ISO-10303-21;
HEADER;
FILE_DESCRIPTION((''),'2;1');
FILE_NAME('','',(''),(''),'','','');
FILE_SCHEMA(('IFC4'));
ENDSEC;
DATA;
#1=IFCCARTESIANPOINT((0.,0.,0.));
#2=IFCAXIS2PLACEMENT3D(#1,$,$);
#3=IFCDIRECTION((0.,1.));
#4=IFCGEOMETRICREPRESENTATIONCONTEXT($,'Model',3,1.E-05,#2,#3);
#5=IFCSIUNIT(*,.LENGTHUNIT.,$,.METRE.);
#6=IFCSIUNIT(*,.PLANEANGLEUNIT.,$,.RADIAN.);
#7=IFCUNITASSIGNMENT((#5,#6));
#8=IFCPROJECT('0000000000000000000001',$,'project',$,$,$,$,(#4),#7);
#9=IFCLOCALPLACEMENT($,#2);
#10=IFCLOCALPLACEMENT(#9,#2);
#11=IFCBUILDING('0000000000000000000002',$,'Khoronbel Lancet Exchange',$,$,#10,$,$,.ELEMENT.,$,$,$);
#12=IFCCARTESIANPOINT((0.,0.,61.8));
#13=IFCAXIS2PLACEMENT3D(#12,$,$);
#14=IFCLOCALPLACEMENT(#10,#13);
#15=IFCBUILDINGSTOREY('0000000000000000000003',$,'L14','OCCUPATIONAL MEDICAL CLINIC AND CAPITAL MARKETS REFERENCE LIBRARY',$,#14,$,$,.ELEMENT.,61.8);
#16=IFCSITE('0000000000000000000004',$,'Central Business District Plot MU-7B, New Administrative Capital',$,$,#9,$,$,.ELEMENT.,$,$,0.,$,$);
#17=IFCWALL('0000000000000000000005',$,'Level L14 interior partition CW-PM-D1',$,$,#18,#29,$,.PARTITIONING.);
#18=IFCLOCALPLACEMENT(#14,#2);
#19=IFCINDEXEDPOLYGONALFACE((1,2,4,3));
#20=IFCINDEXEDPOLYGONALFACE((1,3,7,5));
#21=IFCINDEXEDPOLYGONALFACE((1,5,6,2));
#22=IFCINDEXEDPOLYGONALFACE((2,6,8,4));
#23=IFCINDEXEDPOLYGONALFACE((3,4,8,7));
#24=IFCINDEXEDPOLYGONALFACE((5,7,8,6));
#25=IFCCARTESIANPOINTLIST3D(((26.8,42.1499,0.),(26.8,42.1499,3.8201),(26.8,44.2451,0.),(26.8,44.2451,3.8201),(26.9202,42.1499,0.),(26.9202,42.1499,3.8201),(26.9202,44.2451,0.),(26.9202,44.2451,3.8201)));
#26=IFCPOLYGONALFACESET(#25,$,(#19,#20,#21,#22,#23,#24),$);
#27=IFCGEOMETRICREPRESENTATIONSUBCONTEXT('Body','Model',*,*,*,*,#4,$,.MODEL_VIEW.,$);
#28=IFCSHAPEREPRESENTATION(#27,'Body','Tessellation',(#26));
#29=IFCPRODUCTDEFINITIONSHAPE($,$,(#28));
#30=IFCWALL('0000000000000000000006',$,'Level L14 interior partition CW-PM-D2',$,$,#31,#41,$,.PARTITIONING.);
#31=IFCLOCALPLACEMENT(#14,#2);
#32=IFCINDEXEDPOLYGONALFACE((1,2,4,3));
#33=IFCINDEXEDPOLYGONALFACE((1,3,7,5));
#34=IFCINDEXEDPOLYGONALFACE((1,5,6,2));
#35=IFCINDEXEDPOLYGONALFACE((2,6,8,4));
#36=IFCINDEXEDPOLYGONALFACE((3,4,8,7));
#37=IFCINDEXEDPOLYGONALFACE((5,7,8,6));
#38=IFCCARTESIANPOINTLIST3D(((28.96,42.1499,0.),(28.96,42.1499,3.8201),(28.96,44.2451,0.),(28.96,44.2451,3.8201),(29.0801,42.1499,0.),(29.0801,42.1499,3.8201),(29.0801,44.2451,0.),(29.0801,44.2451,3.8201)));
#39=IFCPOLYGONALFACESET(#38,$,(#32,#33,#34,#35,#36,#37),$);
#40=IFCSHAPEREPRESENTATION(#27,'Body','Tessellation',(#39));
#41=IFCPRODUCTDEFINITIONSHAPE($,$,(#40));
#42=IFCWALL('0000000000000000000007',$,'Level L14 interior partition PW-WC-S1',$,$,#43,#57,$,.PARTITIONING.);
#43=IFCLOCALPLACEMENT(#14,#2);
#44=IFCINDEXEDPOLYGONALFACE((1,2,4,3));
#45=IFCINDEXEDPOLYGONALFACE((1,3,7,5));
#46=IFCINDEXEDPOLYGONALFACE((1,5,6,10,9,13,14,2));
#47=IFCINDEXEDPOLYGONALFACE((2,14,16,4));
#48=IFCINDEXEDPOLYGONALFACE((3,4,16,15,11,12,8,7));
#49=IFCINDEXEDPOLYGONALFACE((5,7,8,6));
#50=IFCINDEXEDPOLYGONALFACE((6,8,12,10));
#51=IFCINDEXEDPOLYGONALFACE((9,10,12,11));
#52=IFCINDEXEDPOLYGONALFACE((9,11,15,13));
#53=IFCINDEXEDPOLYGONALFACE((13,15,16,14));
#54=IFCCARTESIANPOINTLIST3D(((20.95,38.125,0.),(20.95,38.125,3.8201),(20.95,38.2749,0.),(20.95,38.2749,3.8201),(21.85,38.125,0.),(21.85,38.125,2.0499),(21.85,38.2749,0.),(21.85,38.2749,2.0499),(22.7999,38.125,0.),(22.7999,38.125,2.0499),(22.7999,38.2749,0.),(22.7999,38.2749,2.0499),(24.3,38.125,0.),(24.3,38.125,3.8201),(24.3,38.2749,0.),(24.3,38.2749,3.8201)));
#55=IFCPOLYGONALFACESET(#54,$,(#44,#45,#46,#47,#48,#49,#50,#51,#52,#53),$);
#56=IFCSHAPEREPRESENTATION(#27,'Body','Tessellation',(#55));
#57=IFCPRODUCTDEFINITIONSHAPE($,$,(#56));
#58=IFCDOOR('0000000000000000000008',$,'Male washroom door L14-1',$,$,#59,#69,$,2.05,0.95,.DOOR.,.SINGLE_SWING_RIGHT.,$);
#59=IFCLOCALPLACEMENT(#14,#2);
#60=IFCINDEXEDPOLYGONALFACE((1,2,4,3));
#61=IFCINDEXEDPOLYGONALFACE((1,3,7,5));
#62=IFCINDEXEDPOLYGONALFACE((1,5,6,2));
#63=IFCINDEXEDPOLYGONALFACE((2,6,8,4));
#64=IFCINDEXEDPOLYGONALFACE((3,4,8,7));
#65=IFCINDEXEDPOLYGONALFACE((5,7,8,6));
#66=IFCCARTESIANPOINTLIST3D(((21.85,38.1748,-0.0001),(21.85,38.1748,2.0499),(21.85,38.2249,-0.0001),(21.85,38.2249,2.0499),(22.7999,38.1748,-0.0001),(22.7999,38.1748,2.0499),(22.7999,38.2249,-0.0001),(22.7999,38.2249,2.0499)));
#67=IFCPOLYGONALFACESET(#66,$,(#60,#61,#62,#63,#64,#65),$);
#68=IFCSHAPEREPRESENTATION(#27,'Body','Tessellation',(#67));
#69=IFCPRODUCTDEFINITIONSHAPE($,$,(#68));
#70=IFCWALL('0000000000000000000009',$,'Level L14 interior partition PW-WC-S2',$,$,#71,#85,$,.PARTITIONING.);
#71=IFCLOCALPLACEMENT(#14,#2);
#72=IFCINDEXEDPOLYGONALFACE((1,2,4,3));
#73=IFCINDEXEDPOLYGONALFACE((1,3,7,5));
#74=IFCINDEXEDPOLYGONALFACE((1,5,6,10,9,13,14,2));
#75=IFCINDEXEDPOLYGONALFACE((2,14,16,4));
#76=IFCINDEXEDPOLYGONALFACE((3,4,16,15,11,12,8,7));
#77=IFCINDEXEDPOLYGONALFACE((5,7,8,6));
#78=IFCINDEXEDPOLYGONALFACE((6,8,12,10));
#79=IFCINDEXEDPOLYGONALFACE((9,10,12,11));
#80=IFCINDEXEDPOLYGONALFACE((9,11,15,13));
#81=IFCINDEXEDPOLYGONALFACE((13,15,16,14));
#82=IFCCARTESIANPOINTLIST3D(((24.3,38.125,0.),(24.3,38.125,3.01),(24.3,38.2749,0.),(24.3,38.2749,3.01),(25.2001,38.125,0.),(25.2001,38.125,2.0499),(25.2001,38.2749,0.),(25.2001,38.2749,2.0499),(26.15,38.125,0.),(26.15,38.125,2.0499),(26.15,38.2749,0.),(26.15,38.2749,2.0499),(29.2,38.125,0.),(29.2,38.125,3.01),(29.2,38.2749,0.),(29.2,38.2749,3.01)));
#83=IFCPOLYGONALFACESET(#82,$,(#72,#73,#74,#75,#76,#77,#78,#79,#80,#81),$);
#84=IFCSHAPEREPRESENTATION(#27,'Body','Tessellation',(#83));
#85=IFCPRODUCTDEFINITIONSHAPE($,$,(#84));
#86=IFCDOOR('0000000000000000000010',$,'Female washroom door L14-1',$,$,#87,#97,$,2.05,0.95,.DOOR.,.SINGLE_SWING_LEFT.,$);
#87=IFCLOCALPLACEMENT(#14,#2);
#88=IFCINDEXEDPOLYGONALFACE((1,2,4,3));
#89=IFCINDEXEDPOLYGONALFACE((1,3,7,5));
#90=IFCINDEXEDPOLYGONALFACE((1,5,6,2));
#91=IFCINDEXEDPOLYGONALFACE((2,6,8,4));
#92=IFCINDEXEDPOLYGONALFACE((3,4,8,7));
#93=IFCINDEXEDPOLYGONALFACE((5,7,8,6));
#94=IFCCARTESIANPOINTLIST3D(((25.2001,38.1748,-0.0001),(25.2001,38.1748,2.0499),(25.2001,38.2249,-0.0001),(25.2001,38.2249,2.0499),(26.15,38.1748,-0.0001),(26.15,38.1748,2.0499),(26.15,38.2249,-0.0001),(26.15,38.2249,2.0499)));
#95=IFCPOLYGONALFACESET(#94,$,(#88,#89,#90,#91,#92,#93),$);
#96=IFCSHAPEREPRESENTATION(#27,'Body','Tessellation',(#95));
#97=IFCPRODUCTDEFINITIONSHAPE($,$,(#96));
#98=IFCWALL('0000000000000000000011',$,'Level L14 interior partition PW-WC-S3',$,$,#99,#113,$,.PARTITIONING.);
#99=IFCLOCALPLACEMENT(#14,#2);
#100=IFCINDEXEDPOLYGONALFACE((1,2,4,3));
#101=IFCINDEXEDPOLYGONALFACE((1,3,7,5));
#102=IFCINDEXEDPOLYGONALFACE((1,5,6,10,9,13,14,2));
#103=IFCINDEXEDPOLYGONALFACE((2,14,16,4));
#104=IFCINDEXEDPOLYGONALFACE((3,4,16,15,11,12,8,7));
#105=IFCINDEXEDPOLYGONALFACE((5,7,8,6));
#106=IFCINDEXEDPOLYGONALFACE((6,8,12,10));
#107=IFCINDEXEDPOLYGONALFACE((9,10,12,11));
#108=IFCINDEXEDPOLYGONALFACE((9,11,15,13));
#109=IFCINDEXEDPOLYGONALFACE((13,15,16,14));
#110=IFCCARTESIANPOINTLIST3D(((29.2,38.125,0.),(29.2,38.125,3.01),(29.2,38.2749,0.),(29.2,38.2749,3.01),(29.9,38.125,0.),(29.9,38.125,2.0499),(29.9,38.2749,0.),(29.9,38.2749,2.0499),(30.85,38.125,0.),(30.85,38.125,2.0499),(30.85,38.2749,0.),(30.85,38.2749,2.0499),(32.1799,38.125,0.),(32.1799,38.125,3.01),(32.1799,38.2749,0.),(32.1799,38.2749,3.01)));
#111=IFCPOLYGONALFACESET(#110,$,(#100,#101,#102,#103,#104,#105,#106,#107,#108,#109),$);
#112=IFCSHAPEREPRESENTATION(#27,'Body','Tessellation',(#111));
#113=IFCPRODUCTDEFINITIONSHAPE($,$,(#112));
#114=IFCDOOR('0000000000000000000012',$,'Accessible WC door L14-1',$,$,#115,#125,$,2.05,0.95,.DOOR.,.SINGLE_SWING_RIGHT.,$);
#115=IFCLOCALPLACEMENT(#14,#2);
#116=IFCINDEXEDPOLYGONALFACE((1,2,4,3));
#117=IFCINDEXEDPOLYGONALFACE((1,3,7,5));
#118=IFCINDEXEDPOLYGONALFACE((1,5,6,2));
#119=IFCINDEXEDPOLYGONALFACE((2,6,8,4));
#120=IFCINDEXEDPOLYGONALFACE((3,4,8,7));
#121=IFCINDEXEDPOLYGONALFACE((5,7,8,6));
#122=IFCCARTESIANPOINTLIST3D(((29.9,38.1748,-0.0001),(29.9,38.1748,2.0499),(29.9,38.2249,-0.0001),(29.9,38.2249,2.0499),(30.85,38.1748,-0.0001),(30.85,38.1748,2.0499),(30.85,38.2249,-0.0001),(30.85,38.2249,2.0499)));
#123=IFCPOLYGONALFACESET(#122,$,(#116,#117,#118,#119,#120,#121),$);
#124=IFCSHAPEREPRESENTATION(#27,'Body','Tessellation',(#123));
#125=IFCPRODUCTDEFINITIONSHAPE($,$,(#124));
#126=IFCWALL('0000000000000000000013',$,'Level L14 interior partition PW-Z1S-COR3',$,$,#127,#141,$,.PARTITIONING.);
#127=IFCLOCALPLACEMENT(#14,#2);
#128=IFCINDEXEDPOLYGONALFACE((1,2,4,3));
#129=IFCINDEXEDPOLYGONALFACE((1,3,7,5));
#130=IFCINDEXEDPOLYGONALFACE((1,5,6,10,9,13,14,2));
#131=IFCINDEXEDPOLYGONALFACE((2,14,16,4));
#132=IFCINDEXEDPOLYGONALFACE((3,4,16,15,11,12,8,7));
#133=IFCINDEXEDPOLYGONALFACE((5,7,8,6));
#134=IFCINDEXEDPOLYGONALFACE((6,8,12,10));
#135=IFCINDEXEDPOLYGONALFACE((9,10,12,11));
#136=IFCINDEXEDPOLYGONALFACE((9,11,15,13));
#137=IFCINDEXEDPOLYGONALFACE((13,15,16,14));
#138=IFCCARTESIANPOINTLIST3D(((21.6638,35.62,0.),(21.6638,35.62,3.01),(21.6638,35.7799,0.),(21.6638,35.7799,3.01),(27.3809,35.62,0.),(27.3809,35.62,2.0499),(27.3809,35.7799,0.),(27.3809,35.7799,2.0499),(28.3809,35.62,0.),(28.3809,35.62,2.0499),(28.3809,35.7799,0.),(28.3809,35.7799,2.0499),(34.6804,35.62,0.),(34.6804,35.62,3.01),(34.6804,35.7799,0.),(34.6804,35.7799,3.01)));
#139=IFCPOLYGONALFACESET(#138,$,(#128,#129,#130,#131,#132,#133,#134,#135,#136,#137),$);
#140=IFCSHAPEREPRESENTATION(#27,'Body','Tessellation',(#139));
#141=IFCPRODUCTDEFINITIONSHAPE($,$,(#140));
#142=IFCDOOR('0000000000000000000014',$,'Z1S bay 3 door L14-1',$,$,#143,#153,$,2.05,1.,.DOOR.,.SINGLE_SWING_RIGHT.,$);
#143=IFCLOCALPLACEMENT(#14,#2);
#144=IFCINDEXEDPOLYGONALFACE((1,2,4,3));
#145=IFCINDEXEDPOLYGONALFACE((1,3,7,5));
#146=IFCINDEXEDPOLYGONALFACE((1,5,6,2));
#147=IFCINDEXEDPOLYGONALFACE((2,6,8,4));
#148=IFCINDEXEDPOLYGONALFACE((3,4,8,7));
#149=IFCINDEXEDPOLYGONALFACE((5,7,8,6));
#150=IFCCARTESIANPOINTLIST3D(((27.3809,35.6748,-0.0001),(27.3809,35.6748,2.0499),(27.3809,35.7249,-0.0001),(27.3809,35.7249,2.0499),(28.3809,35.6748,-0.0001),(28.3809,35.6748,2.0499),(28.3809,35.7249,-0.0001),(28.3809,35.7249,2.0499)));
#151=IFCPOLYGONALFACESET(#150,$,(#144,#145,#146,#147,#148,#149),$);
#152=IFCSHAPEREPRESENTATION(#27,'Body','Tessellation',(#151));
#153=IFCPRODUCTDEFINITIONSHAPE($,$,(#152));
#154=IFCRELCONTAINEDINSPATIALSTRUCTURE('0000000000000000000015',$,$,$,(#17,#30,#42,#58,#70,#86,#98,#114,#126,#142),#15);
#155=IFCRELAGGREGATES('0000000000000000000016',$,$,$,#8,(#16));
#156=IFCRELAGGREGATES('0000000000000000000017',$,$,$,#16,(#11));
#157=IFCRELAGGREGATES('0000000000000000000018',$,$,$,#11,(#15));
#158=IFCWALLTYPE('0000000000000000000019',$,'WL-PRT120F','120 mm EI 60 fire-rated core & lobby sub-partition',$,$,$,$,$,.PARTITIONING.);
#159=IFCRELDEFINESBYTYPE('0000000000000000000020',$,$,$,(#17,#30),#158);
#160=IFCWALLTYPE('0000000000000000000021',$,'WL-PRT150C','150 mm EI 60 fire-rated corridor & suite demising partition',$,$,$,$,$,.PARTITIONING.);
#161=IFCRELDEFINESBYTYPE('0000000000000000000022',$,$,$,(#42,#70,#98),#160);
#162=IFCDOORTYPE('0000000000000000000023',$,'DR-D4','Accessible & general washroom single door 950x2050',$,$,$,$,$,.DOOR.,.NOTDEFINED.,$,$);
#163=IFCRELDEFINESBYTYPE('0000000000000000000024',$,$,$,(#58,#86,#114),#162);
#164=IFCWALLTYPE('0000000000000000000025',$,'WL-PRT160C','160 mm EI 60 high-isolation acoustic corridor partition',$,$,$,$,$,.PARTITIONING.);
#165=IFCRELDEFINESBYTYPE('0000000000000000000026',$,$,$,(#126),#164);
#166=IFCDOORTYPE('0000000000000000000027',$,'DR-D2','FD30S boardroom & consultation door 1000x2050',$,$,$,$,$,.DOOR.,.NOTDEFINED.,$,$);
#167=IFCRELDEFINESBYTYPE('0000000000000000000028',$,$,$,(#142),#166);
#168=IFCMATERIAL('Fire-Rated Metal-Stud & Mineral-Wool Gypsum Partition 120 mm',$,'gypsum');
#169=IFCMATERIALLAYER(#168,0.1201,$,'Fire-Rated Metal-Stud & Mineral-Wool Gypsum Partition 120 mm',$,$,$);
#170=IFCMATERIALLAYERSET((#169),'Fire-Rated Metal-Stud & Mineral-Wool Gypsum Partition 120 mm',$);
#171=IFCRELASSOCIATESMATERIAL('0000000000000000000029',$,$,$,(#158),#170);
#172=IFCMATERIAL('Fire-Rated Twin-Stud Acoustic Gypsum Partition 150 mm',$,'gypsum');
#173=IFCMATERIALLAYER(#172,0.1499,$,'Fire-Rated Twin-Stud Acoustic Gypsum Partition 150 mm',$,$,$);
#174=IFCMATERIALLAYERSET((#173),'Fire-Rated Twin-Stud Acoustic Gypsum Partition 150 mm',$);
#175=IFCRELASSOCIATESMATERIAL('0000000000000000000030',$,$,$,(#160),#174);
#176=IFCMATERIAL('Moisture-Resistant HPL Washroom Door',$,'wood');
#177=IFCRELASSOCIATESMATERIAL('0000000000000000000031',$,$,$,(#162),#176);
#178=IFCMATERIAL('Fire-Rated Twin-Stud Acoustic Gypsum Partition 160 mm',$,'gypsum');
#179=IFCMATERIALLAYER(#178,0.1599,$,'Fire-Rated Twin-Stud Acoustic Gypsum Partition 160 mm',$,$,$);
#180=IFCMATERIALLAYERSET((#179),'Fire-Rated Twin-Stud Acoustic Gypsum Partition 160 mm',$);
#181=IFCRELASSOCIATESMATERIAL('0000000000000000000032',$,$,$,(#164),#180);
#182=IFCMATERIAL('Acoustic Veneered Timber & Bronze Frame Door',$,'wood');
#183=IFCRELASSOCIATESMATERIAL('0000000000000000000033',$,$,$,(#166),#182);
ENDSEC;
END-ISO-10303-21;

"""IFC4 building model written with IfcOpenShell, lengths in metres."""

from ifc_helpers import new_model, si_unit, direction, frame, frame_2d, origin, place, context, subcontext, project, spatial, rectangle, extrude, material, layer, layer_set, type_object, element, fill, save


model = new_model("IFC4")

# Units and contexts
model_context = context("Model", 3, precision=1e-05, world=origin(), true_north=direction((0.0, 1.0)))
body_context = subcontext(model_context, "Body", "Model", "MODEL_VIEW")
ifc_project = project(units=[si_unit("LENGTHUNIT", "METRE"), si_unit("PLANEANGLEUNIT", "RADIAN")], contexts=[model_context])

# Site, building, storey
site_placement = place(None, origin())
site = spatial("IfcSite", under=ifc_project, at=site_placement, Name="Central Business District Plot MU-7B, New Administrative Capital", CompositionType="ELEMENT", RefElevation=0.0)
building_placement = place(site_placement, origin())
building = spatial("IfcBuilding", under=site, at=building_placement, Name="Khoronbel Lancet Exchange", CompositionType="ELEMENT")
storey_placement = place(building_placement, frame((0.0, 0.0, 61.8)))
storey = spatial("IfcBuildingStorey", under=building, at=storey_placement, Name="L14", Description="OCCUPATIONAL MEDICAL CLINIC AND CAPITAL MARKETS REFERENCE LIBRARY", CompositionType="ELEMENT", Elevation=61.8)

# Walls
ifc_material_1 = material(Name="Fire-Rated Metal-Stud & Mineral-Wool Gypsum Partition 120 mm", Category="gypsum")
ifc_layer_1 = layer(ifc_material_1, 0.1201, Name="Fire-Rated Metal-Stud & Mineral-Wool Gypsum Partition 120 mm")
ifc_layer_set_1 = layer_set([ifc_layer_1], Name="Fire-Rated Metal-Stud & Mineral-Wool Gypsum Partition 120 mm")
wall_type_1 = type_object("IfcWallType", Name="WL-PRT120F", Description="120 mm EI 60 fire-rated core & lobby sub-partition", PredefinedType="PARTITIONING", material=ifc_layer_set_1)
for number, where, z_axis, x_axis, name in (
    (1, (26.8601, 42.1499, 0.0), (0.0, 0.0, 1.0), (0.0, 1.0, 0.0), "Level L14 interior partition CW-PM-D1"),
    (2, (29.02, 42.1499, 0.0), (0.0, 0.0, 1.0), (0.0, 1.0, 0.0), "Level L14 interior partition CW-PM-D2"),
):
    element("IfcWall", number, at=place(storey_placement, frame(where, z_axis=z_axis, x_axis=x_axis)), inside=storey, type_object=wall_type_1, Name=name, PredefinedType="PARTITIONING", context=body_context, shape_type="SweptSolid", body=[
        extrude(rectangle(XDim=2.0952, YDim=0.1201, at=frame_2d((1.0476, 0.0))), origin(), (0.0, 0.0, 1.0), 3.8201),
    ])

# Walls, openings, doors
ifc_material_2 = material(Name="Fire-Rated Twin-Stud Acoustic Gypsum Partition 150 mm", Category="gypsum")
ifc_layer_2 = layer(ifc_material_2, 0.1499, Name="Fire-Rated Twin-Stud Acoustic Gypsum Partition 150 mm")
ifc_layer_set_2 = layer_set([ifc_layer_2], Name="Fire-Rated Twin-Stud Acoustic Gypsum Partition 150 mm")
wall_type_2 = type_object("IfcWallType", Name="WL-PRT150C", Description="150 mm EI 60 fire-rated corridor & suite demising partition", PredefinedType="PARTITIONING", material=ifc_layer_set_2)
wall_1_placement = place(storey_placement, frame((20.95, 38.2, 0.0), z_axis=(0.0, 0.0, 1.0), x_axis=(1.0, 0.0, 0.0)))
wall_1 = element("IfcWall", 3, at=wall_1_placement, inside=storey, type_object=wall_type_2, Name="Level L14 interior partition PW-WC-S1", PredefinedType="PARTITIONING", context=body_context, shape_type="SweptSolid", body=[
    extrude(rectangle(XDim=3.3501, YDim=0.1499, at=frame_2d((1.675, 0.0))), origin(), (0.0, 0.0, 1.0), 3.8201),
])
opening_1_placement = place(wall_1_placement, frame((0.8999, 0.0, 0.0)))
opening_1 = element("IfcOpeningElement", 4, at=opening_1_placement, cuts=wall_1, PredefinedType="OPENING", context=body_context, shape_type="SweptSolid", body=[
    extrude(rectangle(XDim=0.95, YDim=2.05, at=frame_2d((0.4751, 1.0249))), frame((0.0, 0.085, 0.0), z_axis=(0.0, -1.0, 0.0), x_axis=(1.0, 0.0, 0.0)), (0.0, 0.0, 1.0), 0.1699),
])
ifc_material_3 = material(Name="Moisture-Resistant HPL Washroom Door", Category="wood")
door_type_1 = type_object("IfcDoorType", Name="DR-D4", Description="Accessible & general washroom single door 950x2050", OperationType="NOTDEFINED", PredefinedType="DOOR", material=ifc_material_3)
door_1_placement = place(opening_1_placement, origin())
door_1 = element("IfcDoor", 5, at=door_1_placement, inside=storey, type_object=door_type_1, Name="Male washroom door L14-1", OperationType="SINGLE_SWING_RIGHT", OverallHeight=2.05, OverallWidth=0.95, PredefinedType="DOOR", context=body_context, shape_type="SweptSolid", body=[
    extrude(rectangle(XDim=0.95, YDim=2.05, at=frame_2d((0.4751, 1.0249))), frame((0.0, 0.0249, 0.0), z_axis=(0.0, -1.0, 0.0), x_axis=(1.0, 0.0, 0.0)), (0.0, 0.0, 1.0), 0.05),
])
fill(opening_1, door_1)
wall_2_placement = place(storey_placement, frame((24.3, 38.2, 0.0), z_axis=(0.0, 0.0, 1.0), x_axis=(1.0, 0.0, 0.0)))
wall_2 = element("IfcWall", 6, at=wall_2_placement, inside=storey, type_object=wall_type_2, Name="Level L14 interior partition PW-WC-S2", PredefinedType="PARTITIONING", context=body_context, shape_type="SweptSolid", body=[
    extrude(rectangle(XDim=4.8999, YDim=0.1499, at=frame_2d((2.45, 0.0))), origin(), (0.0, 0.0, 1.0), 3.01),
])
opening_2_placement = place(wall_2_placement, frame((0.8999, 0.0, 0.0)))
opening_2 = element("IfcOpeningElement", 7, at=opening_2_placement, cuts=wall_2, PredefinedType="OPENING", context=body_context, shape_type="SweptSolid", body=[
    extrude(rectangle(XDim=0.95, YDim=2.05, at=frame_2d((0.4751, 1.0249))), frame((0.0, 0.085, 0.0), z_axis=(0.0, -1.0, 0.0), x_axis=(1.0, 0.0, 0.0)), (0.0, 0.0, 1.0), 0.1699),
])
door_2_placement = place(opening_2_placement, origin())
door_2 = element("IfcDoor", 8, at=door_2_placement, inside=storey, type_object=door_type_1, Name="Female washroom door L14-1", OperationType="SINGLE_SWING_LEFT", OverallHeight=2.05, OverallWidth=0.95, PredefinedType="DOOR", context=body_context, shape_type="SweptSolid", body=[
    extrude(rectangle(XDim=0.95, YDim=2.05, at=frame_2d((0.4751, 1.0249))), frame((0.0, 0.0249, 0.0), z_axis=(0.0, -1.0, 0.0), x_axis=(1.0, 0.0, 0.0)), (0.0, 0.0, 1.0), 0.05),
])
fill(opening_2, door_2)
wall_3_placement = place(storey_placement, frame((29.2, 38.2, 0.0), z_axis=(0.0, 0.0, 1.0), x_axis=(1.0, 0.0, 0.0)))
wall_3 = element("IfcWall", 9, at=wall_3_placement, inside=storey, type_object=wall_type_2, Name="Level L14 interior partition PW-WC-S3", PredefinedType="PARTITIONING", context=body_context, shape_type="SweptSolid", body=[
    extrude(rectangle(XDim=2.98, YDim=0.1499, at=frame_2d((1.49, 0.0))), origin(), (0.0, 0.0, 1.0), 3.01),
])
opening_3_placement = place(wall_3_placement, frame((0.7, 0.0, 0.0)))
opening_3 = element("IfcOpeningElement", 10, at=opening_3_placement, cuts=wall_3, PredefinedType="OPENING", context=body_context, shape_type="SweptSolid", body=[
    extrude(rectangle(XDim=0.95, YDim=2.05, at=frame_2d((0.4751, 1.0249))), frame((0.0, 0.085, 0.0), z_axis=(0.0, -1.0, 0.0), x_axis=(1.0, 0.0, 0.0)), (0.0, 0.0, 1.0), 0.1699),
])
door_3_placement = place(opening_3_placement, origin())
door_3 = element("IfcDoor", 11, at=door_3_placement, inside=storey, type_object=door_type_1, Name="Accessible WC door L14-1", OperationType="SINGLE_SWING_RIGHT", OverallHeight=2.05, OverallWidth=0.95, PredefinedType="DOOR", context=body_context, shape_type="SweptSolid", body=[
    extrude(rectangle(XDim=0.95, YDim=2.05, at=frame_2d((0.4751, 1.0249))), frame((0.0, 0.0249, 0.0), z_axis=(0.0, -1.0, 0.0), x_axis=(1.0, 0.0, 0.0)), (0.0, 0.0, 1.0), 0.05),
])
fill(opening_3, door_3)
ifc_material_4 = material(Name="Fire-Rated Twin-Stud Acoustic Gypsum Partition 160 mm", Category="gypsum")
ifc_layer_3 = layer(ifc_material_4, 0.1599, Name="Fire-Rated Twin-Stud Acoustic Gypsum Partition 160 mm")
ifc_layer_set_3 = layer_set([ifc_layer_3], Name="Fire-Rated Twin-Stud Acoustic Gypsum Partition 160 mm")
wall_type_3 = type_object("IfcWallType", Name="WL-PRT160C", Description="160 mm EI 60 high-isolation acoustic corridor partition", PredefinedType="PARTITIONING", material=ifc_layer_set_3)
wall_4_placement = place(storey_placement, frame((21.6638, 35.7, 0.0), z_axis=(0.0, 0.0, 1.0), x_axis=(1.0, 0.0, 0.0)))
wall_4 = element("IfcWall", 12, at=wall_4_placement, inside=storey, type_object=wall_type_3, Name="Level L14 interior partition PW-Z1S-COR3", PredefinedType="PARTITIONING", context=body_context, shape_type="SweptSolid", body=[
    extrude(rectangle(XDim=13.0166, YDim=0.1599, at=frame_2d((6.5083, 0.0))), origin(), (0.0, 0.0, 1.0), 3.01),
])
opening_4_placement = place(wall_4_placement, frame((5.717, 0.0, 0.0)))
opening_4 = element("IfcOpeningElement", 13, at=opening_4_placement, cuts=wall_4, PredefinedType="OPENING", context=body_context, shape_type="SweptSolid", body=[
    extrude(rectangle(XDim=1.0, YDim=2.05, at=frame_2d((0.5, 1.0249))), frame((0.0, 0.0898, 0.0), z_axis=(0.0, -1.0, 0.0), x_axis=(1.0, 0.0, 0.0)), (0.0, 0.0, 1.0), 0.1799),
])
ifc_material_5 = material(Name="Acoustic Veneered Timber & Bronze Frame Door", Category="wood")
door_type_2 = type_object("IfcDoorType", Name="DR-D2", Description="FD30S boardroom & consultation door 1000x2050", OperationType="NOTDEFINED", PredefinedType="DOOR", material=ifc_material_5)
door_4_placement = place(opening_4_placement, origin())
door_4 = element("IfcDoor", 14, at=door_4_placement, inside=storey, type_object=door_type_2, Name="Z1S bay 3 door L14-1", OperationType="SINGLE_SWING_RIGHT", OverallHeight=2.05, OverallWidth=1.0, PredefinedType="DOOR", context=body_context, shape_type="SweptSolid", body=[
    extrude(rectangle(XDim=1.0, YDim=2.05, at=frame_2d((0.5, 1.0249))), frame((0.0, 0.0249, 0.0), z_axis=(0.0, -1.0, 0.0), x_axis=(1.0, 0.0, 0.0)), (0.0, 0.0, 1.0), 0.05),
])
fill(opening_4, door_4)

save(model, "model.ifc")
